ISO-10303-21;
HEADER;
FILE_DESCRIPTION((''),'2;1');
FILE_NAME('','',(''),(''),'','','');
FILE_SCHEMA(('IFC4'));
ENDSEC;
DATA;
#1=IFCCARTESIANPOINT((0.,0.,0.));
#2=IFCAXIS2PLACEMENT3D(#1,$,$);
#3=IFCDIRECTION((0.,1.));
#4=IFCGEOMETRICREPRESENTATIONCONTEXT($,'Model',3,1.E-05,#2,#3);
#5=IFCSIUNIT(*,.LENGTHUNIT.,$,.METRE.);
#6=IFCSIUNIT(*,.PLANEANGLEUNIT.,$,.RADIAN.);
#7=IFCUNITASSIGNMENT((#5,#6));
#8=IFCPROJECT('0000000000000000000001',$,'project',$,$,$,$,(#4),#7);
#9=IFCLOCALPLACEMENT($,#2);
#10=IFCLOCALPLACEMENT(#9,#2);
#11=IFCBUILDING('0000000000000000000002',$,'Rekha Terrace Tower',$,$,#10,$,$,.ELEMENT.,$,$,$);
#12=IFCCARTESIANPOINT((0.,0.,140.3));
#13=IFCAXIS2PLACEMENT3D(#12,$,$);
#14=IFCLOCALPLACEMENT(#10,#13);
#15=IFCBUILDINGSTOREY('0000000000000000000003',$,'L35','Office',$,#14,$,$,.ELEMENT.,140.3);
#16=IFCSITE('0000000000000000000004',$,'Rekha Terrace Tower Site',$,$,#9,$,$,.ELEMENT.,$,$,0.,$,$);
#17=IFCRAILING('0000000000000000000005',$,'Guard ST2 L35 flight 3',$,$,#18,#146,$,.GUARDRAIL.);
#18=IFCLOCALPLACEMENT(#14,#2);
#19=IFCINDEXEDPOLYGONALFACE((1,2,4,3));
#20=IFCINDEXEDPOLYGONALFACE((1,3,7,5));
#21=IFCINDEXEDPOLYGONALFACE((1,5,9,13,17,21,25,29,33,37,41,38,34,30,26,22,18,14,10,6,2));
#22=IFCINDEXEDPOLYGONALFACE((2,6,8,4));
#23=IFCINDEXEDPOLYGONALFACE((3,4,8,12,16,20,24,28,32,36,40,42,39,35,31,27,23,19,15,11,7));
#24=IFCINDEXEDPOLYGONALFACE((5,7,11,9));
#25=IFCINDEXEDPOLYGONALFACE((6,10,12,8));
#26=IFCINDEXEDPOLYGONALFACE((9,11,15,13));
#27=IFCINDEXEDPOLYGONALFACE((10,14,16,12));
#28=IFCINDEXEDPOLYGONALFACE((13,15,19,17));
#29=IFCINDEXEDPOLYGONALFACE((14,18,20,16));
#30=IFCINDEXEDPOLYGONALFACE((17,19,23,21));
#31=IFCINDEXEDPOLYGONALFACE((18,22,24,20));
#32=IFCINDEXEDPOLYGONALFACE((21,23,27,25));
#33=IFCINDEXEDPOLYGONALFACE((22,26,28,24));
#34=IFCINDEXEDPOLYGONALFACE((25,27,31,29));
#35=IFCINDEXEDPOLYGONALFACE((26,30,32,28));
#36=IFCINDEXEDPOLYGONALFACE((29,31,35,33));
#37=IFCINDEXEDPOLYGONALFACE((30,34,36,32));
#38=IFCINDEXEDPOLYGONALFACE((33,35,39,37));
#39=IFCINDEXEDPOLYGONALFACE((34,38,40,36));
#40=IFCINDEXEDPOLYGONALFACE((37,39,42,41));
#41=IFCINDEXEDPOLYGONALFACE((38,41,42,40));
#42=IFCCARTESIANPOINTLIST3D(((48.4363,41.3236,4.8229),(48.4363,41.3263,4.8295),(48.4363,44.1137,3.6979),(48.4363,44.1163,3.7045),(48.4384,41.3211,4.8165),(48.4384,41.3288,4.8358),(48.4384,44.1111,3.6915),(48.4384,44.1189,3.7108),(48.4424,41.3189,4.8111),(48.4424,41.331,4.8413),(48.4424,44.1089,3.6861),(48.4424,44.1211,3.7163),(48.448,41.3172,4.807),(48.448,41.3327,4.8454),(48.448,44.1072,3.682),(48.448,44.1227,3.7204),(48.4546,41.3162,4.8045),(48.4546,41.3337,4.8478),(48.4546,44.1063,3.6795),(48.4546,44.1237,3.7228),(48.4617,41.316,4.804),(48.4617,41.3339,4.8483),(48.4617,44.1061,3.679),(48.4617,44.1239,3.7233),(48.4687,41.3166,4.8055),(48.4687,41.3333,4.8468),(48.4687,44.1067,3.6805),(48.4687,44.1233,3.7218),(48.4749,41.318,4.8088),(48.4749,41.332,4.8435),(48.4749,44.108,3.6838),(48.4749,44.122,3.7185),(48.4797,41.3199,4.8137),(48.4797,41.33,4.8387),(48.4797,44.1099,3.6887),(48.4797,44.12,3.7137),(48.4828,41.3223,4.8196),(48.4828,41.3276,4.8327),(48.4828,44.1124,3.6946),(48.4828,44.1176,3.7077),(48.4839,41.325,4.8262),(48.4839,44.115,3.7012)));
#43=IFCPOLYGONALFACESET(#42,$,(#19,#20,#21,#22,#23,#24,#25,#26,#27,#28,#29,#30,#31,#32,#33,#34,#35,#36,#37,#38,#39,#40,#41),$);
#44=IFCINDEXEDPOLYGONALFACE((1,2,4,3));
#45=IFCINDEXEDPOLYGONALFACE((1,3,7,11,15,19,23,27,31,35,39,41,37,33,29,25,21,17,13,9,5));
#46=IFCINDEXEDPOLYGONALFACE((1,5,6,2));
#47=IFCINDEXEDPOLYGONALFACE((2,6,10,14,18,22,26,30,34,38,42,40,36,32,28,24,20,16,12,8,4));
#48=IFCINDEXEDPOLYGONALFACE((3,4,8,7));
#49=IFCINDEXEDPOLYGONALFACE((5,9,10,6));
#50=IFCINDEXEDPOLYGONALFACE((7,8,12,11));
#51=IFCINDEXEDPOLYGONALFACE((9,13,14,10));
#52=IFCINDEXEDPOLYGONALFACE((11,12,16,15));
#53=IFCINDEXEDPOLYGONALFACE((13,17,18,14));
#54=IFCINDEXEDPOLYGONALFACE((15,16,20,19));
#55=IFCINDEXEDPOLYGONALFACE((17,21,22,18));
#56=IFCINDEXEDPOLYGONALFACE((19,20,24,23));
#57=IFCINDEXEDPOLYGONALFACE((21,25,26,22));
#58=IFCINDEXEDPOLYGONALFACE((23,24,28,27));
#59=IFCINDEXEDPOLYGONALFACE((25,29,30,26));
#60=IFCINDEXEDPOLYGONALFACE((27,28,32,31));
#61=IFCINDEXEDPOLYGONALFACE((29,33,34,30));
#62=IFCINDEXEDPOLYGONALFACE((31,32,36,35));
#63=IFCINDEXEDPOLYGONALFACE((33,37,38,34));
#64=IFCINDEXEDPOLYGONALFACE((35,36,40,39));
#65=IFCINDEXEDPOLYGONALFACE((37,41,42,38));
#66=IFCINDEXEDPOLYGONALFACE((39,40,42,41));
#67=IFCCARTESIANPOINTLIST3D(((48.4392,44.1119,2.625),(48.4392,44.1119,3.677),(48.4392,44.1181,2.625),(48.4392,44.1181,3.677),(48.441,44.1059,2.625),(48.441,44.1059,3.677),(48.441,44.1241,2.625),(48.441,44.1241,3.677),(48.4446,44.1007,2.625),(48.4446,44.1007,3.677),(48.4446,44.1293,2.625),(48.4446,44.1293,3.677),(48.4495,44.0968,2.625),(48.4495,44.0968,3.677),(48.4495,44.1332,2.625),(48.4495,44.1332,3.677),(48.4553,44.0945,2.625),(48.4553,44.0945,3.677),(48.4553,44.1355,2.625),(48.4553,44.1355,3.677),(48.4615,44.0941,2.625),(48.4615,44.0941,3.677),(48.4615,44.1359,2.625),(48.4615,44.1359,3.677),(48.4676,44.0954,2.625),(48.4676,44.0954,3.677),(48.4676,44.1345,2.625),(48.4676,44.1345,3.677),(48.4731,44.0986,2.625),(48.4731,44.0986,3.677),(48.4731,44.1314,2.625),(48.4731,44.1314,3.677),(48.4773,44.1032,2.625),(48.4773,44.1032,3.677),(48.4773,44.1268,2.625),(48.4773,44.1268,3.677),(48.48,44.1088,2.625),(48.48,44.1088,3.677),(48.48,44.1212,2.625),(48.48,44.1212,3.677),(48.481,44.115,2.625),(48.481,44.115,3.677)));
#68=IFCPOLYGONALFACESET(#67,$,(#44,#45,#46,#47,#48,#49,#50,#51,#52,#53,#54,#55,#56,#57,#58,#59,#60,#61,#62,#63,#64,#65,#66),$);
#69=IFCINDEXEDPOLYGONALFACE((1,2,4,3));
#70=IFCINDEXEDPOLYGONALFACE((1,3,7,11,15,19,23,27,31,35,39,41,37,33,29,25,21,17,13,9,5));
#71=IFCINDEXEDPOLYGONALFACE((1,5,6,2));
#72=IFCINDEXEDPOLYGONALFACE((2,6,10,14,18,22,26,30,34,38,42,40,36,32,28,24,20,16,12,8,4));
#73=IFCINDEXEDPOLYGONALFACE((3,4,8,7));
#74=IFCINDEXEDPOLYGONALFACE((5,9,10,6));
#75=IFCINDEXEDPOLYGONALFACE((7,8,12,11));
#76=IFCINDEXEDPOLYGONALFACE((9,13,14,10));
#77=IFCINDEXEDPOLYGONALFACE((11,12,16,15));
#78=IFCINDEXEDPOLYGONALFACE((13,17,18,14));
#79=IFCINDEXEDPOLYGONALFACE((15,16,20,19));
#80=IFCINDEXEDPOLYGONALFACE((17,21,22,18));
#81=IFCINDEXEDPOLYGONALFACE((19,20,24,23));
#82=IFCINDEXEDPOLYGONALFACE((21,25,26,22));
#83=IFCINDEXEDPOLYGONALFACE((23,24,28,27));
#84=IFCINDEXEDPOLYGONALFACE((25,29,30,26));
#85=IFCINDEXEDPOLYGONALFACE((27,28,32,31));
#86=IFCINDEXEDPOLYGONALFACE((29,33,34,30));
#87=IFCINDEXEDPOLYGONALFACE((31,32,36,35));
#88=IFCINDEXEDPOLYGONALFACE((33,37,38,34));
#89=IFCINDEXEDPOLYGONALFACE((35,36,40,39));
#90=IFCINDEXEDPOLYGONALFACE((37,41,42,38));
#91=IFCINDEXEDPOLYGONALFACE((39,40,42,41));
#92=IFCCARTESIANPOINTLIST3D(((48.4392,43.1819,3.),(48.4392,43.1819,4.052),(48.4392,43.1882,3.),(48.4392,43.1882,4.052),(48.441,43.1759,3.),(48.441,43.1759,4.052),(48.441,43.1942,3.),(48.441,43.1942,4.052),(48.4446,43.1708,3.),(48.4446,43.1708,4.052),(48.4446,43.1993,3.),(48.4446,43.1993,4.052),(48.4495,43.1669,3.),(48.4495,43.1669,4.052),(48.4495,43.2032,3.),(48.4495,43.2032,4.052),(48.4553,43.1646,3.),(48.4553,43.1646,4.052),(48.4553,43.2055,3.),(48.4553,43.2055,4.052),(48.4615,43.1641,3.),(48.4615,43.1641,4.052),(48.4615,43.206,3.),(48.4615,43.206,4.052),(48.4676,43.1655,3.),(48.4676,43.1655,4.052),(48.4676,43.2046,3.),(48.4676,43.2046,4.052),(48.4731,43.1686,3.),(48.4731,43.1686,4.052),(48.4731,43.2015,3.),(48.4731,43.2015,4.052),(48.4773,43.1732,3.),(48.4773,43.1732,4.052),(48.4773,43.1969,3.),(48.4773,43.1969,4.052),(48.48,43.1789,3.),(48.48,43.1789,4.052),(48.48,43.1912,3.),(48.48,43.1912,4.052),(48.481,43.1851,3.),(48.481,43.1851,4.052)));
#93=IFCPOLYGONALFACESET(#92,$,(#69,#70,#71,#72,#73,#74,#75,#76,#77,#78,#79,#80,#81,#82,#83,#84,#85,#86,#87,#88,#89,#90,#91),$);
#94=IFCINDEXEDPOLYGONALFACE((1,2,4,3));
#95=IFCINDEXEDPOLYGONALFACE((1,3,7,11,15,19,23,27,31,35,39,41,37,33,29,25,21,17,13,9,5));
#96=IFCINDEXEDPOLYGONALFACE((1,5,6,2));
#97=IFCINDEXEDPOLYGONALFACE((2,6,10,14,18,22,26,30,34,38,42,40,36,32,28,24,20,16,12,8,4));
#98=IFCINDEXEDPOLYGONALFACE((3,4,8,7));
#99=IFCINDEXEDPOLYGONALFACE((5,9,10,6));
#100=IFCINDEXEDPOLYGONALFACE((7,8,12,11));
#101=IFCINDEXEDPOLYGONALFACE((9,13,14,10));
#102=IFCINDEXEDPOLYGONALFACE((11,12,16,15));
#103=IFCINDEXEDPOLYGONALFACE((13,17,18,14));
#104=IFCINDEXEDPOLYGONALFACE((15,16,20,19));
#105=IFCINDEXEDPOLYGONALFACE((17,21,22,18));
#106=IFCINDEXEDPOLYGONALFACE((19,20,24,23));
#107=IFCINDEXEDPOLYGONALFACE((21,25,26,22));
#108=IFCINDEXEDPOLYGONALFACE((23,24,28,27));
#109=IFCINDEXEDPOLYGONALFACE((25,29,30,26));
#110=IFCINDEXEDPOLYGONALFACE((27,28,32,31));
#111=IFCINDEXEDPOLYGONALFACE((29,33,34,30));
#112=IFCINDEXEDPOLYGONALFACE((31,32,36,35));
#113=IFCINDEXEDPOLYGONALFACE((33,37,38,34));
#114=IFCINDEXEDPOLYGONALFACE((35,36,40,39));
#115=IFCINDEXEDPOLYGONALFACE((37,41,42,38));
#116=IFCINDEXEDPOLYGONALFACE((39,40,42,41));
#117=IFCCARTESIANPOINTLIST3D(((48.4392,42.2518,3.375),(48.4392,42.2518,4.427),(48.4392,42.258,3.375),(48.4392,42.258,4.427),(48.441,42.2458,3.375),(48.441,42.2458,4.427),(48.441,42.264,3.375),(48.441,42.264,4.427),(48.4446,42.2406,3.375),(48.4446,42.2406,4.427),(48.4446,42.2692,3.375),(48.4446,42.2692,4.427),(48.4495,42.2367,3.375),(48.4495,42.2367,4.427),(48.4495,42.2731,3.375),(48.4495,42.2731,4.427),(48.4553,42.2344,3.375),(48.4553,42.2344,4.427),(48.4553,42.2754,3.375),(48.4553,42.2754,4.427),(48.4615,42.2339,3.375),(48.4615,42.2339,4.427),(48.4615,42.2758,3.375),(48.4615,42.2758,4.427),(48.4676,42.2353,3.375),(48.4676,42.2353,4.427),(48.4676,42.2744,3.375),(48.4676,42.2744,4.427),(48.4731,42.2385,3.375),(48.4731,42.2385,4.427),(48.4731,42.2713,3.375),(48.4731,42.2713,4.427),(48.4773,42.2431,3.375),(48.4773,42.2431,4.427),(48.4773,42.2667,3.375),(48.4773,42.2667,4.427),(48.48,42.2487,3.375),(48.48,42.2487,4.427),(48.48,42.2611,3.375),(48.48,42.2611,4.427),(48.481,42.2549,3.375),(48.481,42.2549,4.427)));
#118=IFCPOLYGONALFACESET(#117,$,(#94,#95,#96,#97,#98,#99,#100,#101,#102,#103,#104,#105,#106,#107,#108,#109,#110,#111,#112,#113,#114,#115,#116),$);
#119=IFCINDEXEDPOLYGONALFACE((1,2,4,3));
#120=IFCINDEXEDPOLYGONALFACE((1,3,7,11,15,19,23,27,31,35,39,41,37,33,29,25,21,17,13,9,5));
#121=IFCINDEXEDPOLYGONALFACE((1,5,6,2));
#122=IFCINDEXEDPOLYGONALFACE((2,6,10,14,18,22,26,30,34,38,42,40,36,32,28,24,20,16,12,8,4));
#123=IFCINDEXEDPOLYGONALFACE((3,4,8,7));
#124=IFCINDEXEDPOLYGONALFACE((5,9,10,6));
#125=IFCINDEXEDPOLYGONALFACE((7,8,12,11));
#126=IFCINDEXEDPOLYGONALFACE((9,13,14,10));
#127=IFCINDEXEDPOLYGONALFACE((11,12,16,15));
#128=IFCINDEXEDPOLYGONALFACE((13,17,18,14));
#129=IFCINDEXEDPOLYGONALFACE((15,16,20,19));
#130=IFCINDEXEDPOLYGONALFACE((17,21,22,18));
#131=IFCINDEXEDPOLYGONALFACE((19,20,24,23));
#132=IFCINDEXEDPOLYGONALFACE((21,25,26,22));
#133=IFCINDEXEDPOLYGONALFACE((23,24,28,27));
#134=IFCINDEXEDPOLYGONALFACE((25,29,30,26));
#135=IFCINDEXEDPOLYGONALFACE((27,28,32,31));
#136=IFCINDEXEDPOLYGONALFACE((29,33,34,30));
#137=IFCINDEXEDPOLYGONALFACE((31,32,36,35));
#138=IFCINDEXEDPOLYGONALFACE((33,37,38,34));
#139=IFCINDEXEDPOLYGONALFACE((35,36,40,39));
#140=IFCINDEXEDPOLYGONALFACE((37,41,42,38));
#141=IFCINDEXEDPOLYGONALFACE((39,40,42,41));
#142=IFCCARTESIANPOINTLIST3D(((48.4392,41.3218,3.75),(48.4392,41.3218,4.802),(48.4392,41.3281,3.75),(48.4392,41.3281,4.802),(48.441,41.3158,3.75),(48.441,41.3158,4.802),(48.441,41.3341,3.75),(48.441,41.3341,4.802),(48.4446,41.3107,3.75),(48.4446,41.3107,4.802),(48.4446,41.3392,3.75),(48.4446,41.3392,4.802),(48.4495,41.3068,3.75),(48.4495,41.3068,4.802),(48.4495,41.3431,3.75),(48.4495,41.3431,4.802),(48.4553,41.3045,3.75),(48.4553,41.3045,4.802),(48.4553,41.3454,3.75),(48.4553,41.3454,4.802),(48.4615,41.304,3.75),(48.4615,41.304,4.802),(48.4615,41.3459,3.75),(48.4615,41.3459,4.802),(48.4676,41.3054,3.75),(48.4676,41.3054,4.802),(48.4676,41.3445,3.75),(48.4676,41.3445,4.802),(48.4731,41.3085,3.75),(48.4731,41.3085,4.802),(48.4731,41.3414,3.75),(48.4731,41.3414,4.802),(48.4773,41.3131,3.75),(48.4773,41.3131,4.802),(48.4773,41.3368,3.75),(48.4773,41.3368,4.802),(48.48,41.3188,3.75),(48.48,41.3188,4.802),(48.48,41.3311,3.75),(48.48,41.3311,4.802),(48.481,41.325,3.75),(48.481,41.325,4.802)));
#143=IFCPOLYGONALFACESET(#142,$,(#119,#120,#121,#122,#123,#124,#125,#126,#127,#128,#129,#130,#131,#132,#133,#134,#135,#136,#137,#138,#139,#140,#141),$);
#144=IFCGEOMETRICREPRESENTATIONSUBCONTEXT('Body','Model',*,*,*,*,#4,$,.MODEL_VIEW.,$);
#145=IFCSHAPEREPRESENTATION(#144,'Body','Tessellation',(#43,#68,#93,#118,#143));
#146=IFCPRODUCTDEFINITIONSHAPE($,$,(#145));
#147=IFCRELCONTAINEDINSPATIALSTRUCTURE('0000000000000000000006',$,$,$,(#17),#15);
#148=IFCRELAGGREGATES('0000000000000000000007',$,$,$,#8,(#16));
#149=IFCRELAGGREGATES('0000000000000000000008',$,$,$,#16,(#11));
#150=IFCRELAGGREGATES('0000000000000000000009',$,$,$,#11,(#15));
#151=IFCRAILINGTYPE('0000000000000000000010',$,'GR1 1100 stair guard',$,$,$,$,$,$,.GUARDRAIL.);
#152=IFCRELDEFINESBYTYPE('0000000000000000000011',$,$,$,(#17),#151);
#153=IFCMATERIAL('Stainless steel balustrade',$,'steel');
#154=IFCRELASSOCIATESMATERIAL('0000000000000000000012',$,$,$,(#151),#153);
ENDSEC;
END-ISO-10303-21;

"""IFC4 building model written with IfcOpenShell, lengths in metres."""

from ifc_helpers import new_model, si_unit, direction, frame, origin, origin_2d, place, context, subcontext, project, spatial, circle, extrude, material, type_object, element, save


model = new_model("IFC4")

# Units and contexts
model_context = context("Model", 3, precision=1e-05, world=origin(), true_north=direction((0.0, 1.0)))
body_context = subcontext(model_context, "Body", "Model", "MODEL_VIEW")
ifc_project = project(units=[si_unit("LENGTHUNIT", "METRE"), si_unit("PLANEANGLEUNIT", "RADIAN")], contexts=[model_context])

# Site, building, storey
site_placement = place(None, origin())
site = spatial("IfcSite", under=ifc_project, at=site_placement, Name="Rekha Terrace Tower Site", CompositionType="ELEMENT", RefElevation=0.0)
building_placement = place(site_placement, origin())
building = spatial("IfcBuilding", under=site, at=building_placement, Name="Rekha Terrace Tower", CompositionType="ELEMENT")
storey_placement = place(building_placement, frame((0.0, 0.0, 140.3)))
storey = spatial("IfcBuildingStorey", under=building, at=storey_placement, Name="L35", Description="Office", CompositionType="ELEMENT", Elevation=140.3)

# Railing
ifc_material_1 = material(Name="Stainless steel balustrade", Category="steel")
railing_type_1 = type_object("IfcRailingType", Name="GR1 1100 stair guard", PredefinedType="GUARDRAIL", material=ifc_material_1)
railing_1_placement = place(storey_placement, frame((48.46, 44.115, 2.625)))
element("IfcRailing", 1, at=railing_1_placement, inside=storey, type_object=railing_type_1, Name="Guard ST2 L35 flight 3", PredefinedType="GUARDRAIL", context=body_context, shape_type="SweptSolid", body=[
    extrude(circle(Radius=0.0239, at=origin_2d()), frame((0.0, 0.0, 1.0762), z_axis=(0.0, -0.927443, 0.373964), x_axis=(1.0, 0.0, 0.0)), (0.0, 0.0, 1.0), 3.0083),
    extrude(circle(Radius=0.021, at=origin_2d()), origin(), (0.0, 0.0, 1.0), 1.052),
    extrude(circle(Radius=0.021, at=origin_2d()), frame((0.0, -0.9299, 0.375)), (0.0, 0.0, 1.0), 1.052),
    extrude(circle(Radius=0.021, at=origin_2d()), frame((0.0, -1.8601, 0.75)), (0.0, 0.0, 1.0), 1.052),
    extrude(circle(Radius=0.021, at=origin_2d()), frame((0.0, -2.79, 1.125)), (0.0, 0.0, 1.0), 1.052),
])

save(model, "model.ifc")
